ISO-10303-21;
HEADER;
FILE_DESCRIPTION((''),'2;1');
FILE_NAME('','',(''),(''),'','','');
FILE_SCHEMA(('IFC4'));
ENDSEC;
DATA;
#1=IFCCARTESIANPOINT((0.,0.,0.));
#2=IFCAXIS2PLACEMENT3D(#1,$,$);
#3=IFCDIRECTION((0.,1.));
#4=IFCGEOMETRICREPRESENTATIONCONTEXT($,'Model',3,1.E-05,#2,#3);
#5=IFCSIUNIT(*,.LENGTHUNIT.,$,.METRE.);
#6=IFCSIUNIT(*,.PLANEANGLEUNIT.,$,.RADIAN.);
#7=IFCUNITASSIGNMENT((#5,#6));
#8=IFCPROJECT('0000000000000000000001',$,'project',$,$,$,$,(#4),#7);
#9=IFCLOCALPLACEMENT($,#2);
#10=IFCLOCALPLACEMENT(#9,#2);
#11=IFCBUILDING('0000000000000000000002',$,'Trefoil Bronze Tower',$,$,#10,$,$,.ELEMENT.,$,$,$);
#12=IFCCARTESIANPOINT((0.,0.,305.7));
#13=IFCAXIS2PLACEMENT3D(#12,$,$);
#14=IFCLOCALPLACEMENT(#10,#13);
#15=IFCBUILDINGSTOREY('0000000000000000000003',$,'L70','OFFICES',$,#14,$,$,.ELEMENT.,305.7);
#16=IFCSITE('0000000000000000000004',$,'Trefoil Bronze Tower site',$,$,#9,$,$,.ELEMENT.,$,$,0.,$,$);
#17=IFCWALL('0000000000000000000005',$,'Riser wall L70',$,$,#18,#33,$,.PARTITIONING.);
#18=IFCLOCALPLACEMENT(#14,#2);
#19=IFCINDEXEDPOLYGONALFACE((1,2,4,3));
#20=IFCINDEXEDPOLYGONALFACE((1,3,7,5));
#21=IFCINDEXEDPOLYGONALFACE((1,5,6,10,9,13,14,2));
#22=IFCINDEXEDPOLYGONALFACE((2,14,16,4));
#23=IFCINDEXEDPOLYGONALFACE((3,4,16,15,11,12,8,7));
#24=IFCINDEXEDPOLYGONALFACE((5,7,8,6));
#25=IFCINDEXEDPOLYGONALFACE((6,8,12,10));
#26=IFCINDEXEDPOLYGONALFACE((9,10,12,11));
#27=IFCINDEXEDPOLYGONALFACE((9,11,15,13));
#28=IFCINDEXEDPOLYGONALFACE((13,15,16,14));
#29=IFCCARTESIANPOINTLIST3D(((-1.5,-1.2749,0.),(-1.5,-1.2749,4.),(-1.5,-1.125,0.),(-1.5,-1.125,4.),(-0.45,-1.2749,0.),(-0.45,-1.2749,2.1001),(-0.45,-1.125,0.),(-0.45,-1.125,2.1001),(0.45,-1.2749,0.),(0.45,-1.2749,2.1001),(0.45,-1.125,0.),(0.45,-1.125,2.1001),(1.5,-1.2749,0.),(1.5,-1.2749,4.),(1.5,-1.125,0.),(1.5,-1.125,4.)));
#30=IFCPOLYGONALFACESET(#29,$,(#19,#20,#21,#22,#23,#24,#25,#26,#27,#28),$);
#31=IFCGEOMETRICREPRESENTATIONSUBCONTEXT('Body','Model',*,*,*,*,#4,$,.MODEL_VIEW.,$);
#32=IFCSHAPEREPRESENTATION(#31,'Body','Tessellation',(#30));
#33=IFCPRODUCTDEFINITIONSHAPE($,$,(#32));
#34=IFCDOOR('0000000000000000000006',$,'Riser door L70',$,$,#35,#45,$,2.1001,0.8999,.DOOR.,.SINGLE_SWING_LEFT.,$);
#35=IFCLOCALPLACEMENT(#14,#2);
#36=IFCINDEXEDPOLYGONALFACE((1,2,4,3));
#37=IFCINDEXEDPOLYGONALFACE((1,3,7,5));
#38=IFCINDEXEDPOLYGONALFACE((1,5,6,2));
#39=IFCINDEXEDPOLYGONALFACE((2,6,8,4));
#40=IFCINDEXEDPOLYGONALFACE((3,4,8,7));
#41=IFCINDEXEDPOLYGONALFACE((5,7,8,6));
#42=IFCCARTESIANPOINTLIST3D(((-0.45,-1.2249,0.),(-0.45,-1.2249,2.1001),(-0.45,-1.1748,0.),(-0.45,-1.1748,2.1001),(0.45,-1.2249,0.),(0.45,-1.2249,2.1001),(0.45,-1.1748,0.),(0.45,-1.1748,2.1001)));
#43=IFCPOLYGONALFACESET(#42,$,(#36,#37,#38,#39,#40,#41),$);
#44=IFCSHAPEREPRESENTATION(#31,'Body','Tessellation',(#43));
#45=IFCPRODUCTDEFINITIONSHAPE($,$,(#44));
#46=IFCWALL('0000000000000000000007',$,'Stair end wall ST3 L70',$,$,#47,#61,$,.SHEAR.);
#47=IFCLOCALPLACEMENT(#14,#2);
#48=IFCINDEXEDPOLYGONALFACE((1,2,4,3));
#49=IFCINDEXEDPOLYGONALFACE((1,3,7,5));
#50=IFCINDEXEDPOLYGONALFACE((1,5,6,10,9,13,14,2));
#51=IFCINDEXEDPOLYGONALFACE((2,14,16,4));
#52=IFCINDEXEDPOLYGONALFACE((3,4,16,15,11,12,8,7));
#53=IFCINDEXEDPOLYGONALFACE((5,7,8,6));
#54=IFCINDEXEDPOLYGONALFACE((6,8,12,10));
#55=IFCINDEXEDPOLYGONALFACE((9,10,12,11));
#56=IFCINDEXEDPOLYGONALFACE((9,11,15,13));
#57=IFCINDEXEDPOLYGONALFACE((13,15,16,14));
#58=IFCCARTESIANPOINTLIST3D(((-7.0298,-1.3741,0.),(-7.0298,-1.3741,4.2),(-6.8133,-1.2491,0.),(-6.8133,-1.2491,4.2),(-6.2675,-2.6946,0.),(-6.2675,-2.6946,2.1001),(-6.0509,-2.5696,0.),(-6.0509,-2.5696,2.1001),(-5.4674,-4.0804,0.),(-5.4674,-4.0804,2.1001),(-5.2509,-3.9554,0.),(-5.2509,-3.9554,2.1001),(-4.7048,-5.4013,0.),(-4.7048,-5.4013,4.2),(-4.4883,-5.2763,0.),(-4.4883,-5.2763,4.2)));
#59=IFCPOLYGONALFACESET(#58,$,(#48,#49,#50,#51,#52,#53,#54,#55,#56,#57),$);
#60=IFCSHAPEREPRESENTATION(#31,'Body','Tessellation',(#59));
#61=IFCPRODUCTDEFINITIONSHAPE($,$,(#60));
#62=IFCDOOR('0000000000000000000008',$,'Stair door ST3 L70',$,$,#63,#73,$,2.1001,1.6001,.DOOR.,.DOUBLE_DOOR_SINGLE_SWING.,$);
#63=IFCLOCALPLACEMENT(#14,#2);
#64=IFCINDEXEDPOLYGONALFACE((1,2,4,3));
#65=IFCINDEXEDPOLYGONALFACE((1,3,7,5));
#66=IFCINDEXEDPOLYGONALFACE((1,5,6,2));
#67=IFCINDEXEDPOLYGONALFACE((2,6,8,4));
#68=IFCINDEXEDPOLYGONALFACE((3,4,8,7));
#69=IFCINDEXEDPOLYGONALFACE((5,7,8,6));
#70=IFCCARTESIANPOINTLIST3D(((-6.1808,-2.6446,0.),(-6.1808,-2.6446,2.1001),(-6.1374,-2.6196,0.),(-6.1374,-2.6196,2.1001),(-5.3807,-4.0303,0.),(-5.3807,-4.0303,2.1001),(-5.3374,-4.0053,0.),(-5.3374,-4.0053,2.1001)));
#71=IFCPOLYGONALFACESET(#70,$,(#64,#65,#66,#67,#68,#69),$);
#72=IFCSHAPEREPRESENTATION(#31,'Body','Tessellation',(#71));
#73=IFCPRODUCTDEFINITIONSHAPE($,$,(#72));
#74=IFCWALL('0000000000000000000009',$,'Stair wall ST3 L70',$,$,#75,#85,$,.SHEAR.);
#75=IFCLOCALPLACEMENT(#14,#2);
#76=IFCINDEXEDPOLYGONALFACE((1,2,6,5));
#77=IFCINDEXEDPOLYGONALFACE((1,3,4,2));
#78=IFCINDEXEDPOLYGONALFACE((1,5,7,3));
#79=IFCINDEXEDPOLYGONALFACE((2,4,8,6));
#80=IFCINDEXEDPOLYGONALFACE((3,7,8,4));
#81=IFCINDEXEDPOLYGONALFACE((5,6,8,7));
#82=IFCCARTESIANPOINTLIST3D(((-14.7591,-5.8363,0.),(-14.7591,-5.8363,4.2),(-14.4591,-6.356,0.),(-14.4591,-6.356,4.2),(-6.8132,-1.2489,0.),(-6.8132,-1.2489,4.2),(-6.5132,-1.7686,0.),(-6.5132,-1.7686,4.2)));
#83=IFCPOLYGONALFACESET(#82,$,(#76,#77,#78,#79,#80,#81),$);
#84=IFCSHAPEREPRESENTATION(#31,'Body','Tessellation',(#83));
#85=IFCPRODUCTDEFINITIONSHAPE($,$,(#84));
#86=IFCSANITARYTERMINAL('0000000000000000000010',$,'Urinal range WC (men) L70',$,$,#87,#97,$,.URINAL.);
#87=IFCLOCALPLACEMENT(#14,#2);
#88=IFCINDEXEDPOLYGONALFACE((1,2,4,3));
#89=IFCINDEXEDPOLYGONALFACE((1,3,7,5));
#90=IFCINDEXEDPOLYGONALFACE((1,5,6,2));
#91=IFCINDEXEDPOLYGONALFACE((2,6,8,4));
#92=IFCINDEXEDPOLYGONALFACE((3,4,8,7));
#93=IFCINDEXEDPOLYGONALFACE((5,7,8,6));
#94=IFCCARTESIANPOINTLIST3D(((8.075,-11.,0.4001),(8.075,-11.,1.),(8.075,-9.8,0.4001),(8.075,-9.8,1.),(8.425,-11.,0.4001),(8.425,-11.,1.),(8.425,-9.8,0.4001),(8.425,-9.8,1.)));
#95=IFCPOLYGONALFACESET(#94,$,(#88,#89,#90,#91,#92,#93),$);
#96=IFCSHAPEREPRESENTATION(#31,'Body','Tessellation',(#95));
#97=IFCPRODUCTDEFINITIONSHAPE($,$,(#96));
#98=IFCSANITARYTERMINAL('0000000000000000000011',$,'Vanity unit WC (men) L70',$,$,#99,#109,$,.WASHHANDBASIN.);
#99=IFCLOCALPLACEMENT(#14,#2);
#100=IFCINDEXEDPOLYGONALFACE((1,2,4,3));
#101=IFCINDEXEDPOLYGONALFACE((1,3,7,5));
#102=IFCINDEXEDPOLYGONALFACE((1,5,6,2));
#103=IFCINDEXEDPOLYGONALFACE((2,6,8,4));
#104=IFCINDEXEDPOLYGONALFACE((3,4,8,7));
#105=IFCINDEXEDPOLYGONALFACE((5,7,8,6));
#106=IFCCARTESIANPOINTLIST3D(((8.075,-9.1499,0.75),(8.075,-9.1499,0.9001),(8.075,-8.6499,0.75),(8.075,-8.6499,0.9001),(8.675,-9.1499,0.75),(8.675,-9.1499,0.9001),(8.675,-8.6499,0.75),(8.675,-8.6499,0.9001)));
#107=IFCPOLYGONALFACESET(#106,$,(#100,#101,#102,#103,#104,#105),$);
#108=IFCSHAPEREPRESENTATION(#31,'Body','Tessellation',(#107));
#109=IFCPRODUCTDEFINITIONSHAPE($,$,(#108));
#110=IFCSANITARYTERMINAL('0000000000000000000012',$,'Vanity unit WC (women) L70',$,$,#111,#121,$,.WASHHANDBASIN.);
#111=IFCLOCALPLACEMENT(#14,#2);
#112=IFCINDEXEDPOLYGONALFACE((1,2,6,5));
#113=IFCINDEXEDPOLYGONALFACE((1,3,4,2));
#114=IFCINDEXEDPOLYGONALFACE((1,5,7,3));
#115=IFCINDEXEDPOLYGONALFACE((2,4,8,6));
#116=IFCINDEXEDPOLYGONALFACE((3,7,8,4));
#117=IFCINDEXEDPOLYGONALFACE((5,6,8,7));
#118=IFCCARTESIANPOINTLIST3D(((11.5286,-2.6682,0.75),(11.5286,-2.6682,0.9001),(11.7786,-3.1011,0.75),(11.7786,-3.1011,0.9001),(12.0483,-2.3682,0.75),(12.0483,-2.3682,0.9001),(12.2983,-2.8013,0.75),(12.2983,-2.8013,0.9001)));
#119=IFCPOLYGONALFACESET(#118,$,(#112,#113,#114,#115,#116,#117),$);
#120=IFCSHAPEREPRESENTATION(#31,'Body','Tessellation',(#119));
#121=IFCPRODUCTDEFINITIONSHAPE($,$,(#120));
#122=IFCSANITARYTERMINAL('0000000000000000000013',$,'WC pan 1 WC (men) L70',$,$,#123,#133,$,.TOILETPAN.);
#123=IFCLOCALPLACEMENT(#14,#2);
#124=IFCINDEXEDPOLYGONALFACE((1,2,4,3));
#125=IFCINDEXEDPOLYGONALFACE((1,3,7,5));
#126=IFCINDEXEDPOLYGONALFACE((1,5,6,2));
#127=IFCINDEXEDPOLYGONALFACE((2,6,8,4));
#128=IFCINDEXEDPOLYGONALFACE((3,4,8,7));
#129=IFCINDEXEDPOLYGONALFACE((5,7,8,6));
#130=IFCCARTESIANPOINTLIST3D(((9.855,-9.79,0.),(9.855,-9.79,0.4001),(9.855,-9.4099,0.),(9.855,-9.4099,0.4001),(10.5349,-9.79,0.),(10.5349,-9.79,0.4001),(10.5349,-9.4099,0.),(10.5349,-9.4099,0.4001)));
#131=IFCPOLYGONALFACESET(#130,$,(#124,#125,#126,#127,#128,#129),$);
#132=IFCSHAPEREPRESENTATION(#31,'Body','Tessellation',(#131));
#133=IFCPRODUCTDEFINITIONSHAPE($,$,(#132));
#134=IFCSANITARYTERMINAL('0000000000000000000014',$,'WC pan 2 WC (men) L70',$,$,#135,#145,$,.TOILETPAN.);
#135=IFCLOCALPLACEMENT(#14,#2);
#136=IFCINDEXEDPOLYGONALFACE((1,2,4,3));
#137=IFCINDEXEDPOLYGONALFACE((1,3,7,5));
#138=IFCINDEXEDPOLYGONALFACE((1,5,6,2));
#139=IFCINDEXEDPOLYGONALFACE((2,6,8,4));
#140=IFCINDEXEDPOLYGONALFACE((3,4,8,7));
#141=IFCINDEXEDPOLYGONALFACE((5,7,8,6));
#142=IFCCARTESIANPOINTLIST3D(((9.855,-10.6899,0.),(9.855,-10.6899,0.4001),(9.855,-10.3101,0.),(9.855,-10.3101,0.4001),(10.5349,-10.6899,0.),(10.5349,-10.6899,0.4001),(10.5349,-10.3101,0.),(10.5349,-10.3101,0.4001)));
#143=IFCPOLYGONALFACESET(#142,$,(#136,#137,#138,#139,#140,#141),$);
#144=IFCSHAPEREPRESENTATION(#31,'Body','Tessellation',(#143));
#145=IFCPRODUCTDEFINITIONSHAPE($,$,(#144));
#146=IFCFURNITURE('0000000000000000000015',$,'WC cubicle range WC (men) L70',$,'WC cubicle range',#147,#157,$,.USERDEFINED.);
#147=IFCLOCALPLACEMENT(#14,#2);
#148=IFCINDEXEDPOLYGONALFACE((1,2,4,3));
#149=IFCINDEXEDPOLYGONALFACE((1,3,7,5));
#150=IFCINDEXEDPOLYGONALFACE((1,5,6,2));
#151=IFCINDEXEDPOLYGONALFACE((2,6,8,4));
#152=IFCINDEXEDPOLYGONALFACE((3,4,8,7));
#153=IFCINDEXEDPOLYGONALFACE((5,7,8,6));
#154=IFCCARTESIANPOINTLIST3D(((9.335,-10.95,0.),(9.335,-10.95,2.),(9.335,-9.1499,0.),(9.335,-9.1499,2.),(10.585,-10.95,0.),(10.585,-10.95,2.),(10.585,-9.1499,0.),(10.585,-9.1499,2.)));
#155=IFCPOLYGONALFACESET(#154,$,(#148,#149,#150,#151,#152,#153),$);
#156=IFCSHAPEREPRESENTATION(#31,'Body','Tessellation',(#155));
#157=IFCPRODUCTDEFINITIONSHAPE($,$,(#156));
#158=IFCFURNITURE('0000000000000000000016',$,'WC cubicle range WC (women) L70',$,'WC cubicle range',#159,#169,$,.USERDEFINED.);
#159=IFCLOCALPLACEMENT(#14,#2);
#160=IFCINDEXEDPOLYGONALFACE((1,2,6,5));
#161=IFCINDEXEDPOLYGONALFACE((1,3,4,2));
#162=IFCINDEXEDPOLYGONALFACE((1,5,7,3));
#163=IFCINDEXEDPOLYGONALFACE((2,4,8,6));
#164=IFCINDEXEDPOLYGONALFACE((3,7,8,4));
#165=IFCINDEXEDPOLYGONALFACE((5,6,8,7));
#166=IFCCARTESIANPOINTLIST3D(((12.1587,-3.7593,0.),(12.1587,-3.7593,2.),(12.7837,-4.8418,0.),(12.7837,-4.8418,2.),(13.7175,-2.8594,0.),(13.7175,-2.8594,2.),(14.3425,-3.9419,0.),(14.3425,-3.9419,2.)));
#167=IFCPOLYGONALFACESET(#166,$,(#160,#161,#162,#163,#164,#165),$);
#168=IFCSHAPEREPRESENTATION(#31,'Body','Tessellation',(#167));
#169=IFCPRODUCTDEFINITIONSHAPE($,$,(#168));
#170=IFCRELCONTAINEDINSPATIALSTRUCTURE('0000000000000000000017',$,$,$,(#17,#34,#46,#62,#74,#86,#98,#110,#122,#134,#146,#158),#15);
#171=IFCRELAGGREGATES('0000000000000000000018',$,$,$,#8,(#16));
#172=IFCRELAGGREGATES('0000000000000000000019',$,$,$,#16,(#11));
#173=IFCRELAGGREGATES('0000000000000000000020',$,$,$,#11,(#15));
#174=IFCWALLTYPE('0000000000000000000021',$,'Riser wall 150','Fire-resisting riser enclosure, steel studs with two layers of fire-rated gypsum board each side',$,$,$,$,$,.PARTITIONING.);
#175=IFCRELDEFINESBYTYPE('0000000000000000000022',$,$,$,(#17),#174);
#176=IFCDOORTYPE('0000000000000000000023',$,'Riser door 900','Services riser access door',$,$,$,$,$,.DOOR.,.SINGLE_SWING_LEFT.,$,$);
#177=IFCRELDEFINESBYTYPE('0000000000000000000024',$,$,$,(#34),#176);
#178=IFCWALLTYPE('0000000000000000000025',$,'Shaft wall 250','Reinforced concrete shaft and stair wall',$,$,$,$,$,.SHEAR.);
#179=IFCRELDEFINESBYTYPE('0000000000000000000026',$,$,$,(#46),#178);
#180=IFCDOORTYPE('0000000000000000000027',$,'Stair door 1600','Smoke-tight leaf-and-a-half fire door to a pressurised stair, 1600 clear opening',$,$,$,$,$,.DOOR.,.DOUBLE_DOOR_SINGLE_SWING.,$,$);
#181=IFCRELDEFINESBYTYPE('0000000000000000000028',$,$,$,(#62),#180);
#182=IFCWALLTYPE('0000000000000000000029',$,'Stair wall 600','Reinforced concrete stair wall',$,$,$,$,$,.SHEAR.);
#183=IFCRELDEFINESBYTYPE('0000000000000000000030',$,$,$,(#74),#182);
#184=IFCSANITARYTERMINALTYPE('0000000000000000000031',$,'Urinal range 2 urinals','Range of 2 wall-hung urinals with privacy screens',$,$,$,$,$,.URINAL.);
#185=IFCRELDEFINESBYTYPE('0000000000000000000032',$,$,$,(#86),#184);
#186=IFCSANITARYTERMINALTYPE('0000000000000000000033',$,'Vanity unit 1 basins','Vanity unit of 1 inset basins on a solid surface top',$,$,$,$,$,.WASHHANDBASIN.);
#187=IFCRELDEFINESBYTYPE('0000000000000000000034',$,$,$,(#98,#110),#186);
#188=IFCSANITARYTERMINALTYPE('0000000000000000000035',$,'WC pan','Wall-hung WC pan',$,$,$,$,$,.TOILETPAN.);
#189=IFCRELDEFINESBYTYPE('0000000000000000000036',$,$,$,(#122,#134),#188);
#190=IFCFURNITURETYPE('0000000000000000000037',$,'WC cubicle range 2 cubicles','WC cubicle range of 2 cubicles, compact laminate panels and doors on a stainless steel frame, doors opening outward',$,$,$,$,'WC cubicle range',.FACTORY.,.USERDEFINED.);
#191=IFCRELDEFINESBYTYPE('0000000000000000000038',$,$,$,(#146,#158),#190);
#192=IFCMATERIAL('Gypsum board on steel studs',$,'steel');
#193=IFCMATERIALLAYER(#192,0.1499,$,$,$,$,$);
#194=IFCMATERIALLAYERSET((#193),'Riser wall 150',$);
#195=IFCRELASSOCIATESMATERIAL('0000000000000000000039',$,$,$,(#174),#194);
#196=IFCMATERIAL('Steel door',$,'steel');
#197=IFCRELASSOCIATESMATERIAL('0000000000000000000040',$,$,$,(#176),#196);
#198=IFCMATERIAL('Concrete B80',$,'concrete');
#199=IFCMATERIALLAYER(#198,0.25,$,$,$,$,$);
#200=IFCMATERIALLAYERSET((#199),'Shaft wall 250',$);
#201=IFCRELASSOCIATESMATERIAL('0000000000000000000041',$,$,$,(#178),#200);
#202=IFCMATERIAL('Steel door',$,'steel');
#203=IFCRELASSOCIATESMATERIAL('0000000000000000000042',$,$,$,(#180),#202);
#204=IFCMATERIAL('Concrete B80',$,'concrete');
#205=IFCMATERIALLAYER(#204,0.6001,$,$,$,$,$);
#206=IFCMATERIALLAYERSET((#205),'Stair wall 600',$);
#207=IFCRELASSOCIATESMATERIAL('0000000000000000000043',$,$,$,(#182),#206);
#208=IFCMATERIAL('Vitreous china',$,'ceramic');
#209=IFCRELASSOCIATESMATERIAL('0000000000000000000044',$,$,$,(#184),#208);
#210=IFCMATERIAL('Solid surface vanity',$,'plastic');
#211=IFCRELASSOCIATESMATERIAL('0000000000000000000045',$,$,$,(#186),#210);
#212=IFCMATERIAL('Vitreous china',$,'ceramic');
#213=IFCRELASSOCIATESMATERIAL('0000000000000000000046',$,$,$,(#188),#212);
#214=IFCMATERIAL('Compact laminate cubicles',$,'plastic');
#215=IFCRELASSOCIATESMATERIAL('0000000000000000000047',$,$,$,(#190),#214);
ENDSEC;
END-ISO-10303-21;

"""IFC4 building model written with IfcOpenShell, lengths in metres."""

from ifc_helpers import new_model, si_unit, direction, frame, frame_2d, origin, place, context, subcontext, project, spatial, polyline, rectangle, outline, extrude, material, layer, layer_set, type_object, element, fill, save


model = new_model("IFC4")

# Units and contexts
model_context = context("Model", 3, precision=1e-05, world=origin(), true_north=direction((0.0, 1.0)))
body_context = subcontext(model_context, "Body", "Model", "MODEL_VIEW")
ifc_project = project(units=[si_unit("LENGTHUNIT", "METRE"), si_unit("PLANEANGLEUNIT", "RADIAN")], contexts=[model_context])

# Site, building, storey
site_placement = place(None, origin())
site = spatial("IfcSite", under=ifc_project, at=site_placement, Name="Trefoil Bronze Tower site", CompositionType="ELEMENT", RefElevation=0.0)
building_placement = place(site_placement, origin())
building = spatial("IfcBuilding", under=site, at=building_placement, Name="Trefoil Bronze Tower", CompositionType="ELEMENT")
storey_placement = place(building_placement, frame((0.0, 0.0, 305.7)))
storey = spatial("IfcBuildingStorey", under=building, at=storey_placement, Name="L70", Description="OFFICES", CompositionType="ELEMENT", Elevation=305.7)

# Walls, openings, doors
ifc_material_1 = material(Name="Gypsum board on steel studs", Category="steel")
ifc_layer_1 = layer(ifc_material_1, 0.1499)
ifc_layer_set_1 = layer_set([ifc_layer_1], Name="Riser wall 150")
wall_type_1 = type_object("IfcWallType", Name="Riser wall 150", Description="Fire-resisting riser enclosure, steel studs with two layers of fire-rated gypsum board each side", PredefinedType="PARTITIONING", material=ifc_layer_set_1)
wall_1_placement = place(storey_placement, frame((-1.5, -1.2, 0.0), z_axis=(0.0, 0.0, 1.0), x_axis=(1.0, 0.0, 0.0)))
wall_1 = element("IfcWall", 1, at=wall_1_placement, inside=storey, type_object=wall_type_1, Name="Riser wall L70", PredefinedType="PARTITIONING", context=body_context, shape_type="SweptSolid", body=[
    extrude(rectangle(XDim=3.0, YDim=0.1499, at=frame_2d((1.5, 0.0))), origin(), (0.0, 0.0, 1.0), 4.0),
])
opening_1_placement = place(wall_1_placement, frame((1.05, 0.0, 0.0)))
opening_1 = element("IfcOpeningElement", 2, at=opening_1_placement, cuts=wall_1, PredefinedType="OPENING", context=body_context, shape_type="SweptSolid", body=[
    extrude(rectangle(XDim=0.8999, YDim=2.1001, at=frame_2d((0.45, 1.05))), frame((0.0, 0.085, 0.0), z_axis=(0.0, -1.0, 0.0), x_axis=(1.0, 0.0, 0.0)), (0.0, 0.0, 1.0), 0.1699),
])
ifc_material_2 = material(Name="Steel door", Category="steel")
door_type_1 = type_object("IfcDoorType", Name="Riser door 900", Description="Services riser access door", OperationType="SINGLE_SWING_LEFT", PredefinedType="DOOR", material=ifc_material_2)
door_1_placement = place(opening_1_placement, frame((0.8999, 0.0, 0.0), z_axis=(0.0, 0.0, 1.0), x_axis=(-1.0, 0.0, 0.0)))
door_1 = element("IfcDoor", 3, at=door_1_placement, inside=storey, type_object=door_type_1, Name="Riser door L70", OperationType="SINGLE_SWING_LEFT", OverallHeight=2.1001, OverallWidth=0.8999, PredefinedType="DOOR", context=body_context, shape_type="SweptSolid", body=[
    extrude(rectangle(XDim=0.8999, YDim=2.1001, at=frame_2d((0.45, 1.05))), frame((0.0, 0.0249, 0.0), z_axis=(0.0, -1.0, 0.0), x_axis=(1.0, 0.0, 0.0)), (0.0, 0.0, 1.0), 0.05),
])
fill(opening_1, door_1)
ifc_material_3 = material(Name="Concrete B80", Category="concrete")
ifc_layer_2 = layer(ifc_material_3, 0.25)
ifc_layer_set_2 = layer_set([ifc_layer_2], Name="Shaft wall 250")
wall_type_2 = type_object("IfcWallType", Name="Shaft wall 250", Description="Reinforced concrete shaft and stair wall", PredefinedType="SHEAR", material=ifc_layer_set_2)
wall_2_placement = place(storey_placement, frame((-6.9216, -1.3115, 0.0), z_axis=(0.0, 0.0, 1.0), x_axis=(0.499985, -0.866034, 0.0)))
wall_2 = element("IfcWall", 4, at=wall_2_placement, inside=storey, type_object=wall_type_2, Name="Stair end wall ST3 L70", PredefinedType="SHEAR", context=body_context, shape_type="SweptSolid", body=[
    extrude(rectangle(XDim=4.6501, YDim=0.25, at=frame_2d((2.3252, 0.0))), origin(), (0.0, 0.0, 1.0), 4.2),
])
opening_2_placement = place(wall_2_placement, frame((1.5249, 0.0, 0.0)))
opening_2 = element("IfcOpeningElement", 5, at=opening_2_placement, cuts=wall_2, PredefinedType="OPENING", context=body_context, shape_type="SweptSolid", body=[
    extrude(rectangle(XDim=1.6001, YDim=2.1001, at=frame_2d((0.8, 1.05))), frame((0.0, 0.135, 0.0), z_axis=(0.0, -1.0, 0.0), x_axis=(1.0, 0.0, 0.0)), (0.0, 0.0, 1.0), 0.27),
])
ifc_material_4 = material(Name="Steel door", Category="steel")
door_type_2 = type_object("IfcDoorType", Name="Stair door 1600", Description="Smoke-tight leaf-and-a-half fire door to a pressurised stair, 1600 clear opening", OperationType="DOUBLE_DOOR_SINGLE_SWING", PredefinedType="DOOR", material=ifc_material_4)
door_2_placement = place(opening_2_placement, frame((1.6001, 0.0, 0.0), z_axis=(0.0, 0.0, 1.0), x_axis=(-1.0, 0.0, 0.0)))
door_2 = element("IfcDoor", 6, at=door_2_placement, inside=storey, type_object=door_type_2, Name="Stair door ST3 L70", OperationType="DOUBLE_DOOR_SINGLE_SWING", OverallHeight=2.1001, OverallWidth=1.6001, PredefinedType="DOOR", context=body_context, shape_type="SweptSolid", body=[
    extrude(rectangle(XDim=1.6001, YDim=2.1001, at=frame_2d((0.8, 1.05))), frame((0.0, 0.0249, 0.0), z_axis=(0.0, -1.0, 0.0), x_axis=(1.0, 0.0, 0.0)), (0.0, 0.0, 1.0), 0.05),
])
fill(opening_2, door_2)

# Wall
ifc_material_5 = material(Name="Concrete B80", Category="concrete")
ifc_layer_3 = layer(ifc_material_5, 0.6001)
ifc_layer_set_3 = layer_set([ifc_layer_3], Name="Stair wall 600")
wall_type_3 = type_object("IfcWallType", Name="Stair wall 600", Description="Reinforced concrete stair wall", PredefinedType="SHEAR", material=ifc_layer_set_3)
wall_3_placement = place(storey_placement, frame((-6.6633, -1.5088, 0.0), z_axis=(0.0, 0.0, 1.0), x_axis=(-0.86603, -0.499991, 0.0)))
element("IfcWall", 7, at=wall_3_placement, inside=storey, type_object=wall_type_3, Name="Stair wall ST3 L70", PredefinedType="SHEAR", context=body_context, shape_type="SweptSolid", body=[
    extrude(rectangle(XDim=9.175, YDim=0.6001, at=frame_2d((4.5874, 0.0))), origin(), (0.0, 0.0, 1.0), 4.2),
])

# Sanitary terminals
ifc_material_6 = material(Name="Vitreous china", Category="ceramic")
sanitary_terminal_type_1 = type_object("IfcSanitaryTerminalType", Name="Urinal range 2 urinals", Description="Range of 2 wall-hung urinals with privacy screens", PredefinedType="URINAL", material=ifc_material_6)
sanitary_terminal_1_placement = place(storey_placement, frame((0.0, 0.0, 0.4001)))
element("IfcSanitaryTerminal", 8, at=sanitary_terminal_1_placement, inside=storey, type_object=sanitary_terminal_type_1, Name="Urinal range WC (men) L70", PredefinedType="URINAL", context=body_context, shape_type="SweptSolid", body=[
    extrude(outline(polyline([(8.075, -9.8), (8.425, -9.8), (8.425, -11.0), (8.075, -11.0), (8.075, -9.8)])), origin(), (0.0, 0.0, 1.0), 0.5999),
])
ifc_material_7 = material(Name="Solid surface vanity", Category="plastic")
sanitary_terminal_type_2 = type_object("IfcSanitaryTerminalType", Name="Vanity unit 1 basins", Description="Vanity unit of 1 inset basins on a solid surface top", PredefinedType="WASHHANDBASIN", material=ifc_material_7)
sanitary_terminal_2_placement = place(storey_placement, frame((0.0, 0.0, 0.75)))
element("IfcSanitaryTerminal", 9, at=sanitary_terminal_2_placement, inside=storey, type_object=sanitary_terminal_type_2, Name="Vanity unit WC (men) L70", PredefinedType="WASHHANDBASIN", context=body_context, shape_type="SweptSolid", body=[
    extrude(outline(polyline([(8.075, -8.6499), (8.675, -8.6499), (8.675, -9.1499), (8.075, -9.1499), (8.075, -8.6499)])), origin(), (0.0, 0.0, 1.0), 0.1501),
])
sanitary_terminal_3_placement = place(storey_placement, frame((0.0, 0.0, 0.75)))
element("IfcSanitaryTerminal", 10, at=sanitary_terminal_3_placement, inside=storey, type_object=sanitary_terminal_type_2, Name="Vanity unit WC (women) L70", PredefinedType="WASHHANDBASIN", context=body_context, shape_type="SweptSolid", body=[
    extrude(outline(polyline([(11.5286, -2.6682), (11.7786, -3.1011), (12.2983, -2.8013), (12.0483, -2.3682), (11.5286, -2.6682)])), origin(), (0.0, 0.0, 1.0), 0.1501),
])
ifc_material_8 = material(Name="Vitreous china", Category="ceramic")
sanitary_terminal_type_3 = type_object("IfcSanitaryTerminalType", Name="WC pan", Description="Wall-hung WC pan", PredefinedType="TOILETPAN", material=ifc_material_8)
sanitary_terminal_4_placement = place(storey_placement, origin())
element("IfcSanitaryTerminal", 11, at=sanitary_terminal_4_placement, inside=storey, type_object=sanitary_terminal_type_3, Name="WC pan 1 WC (men) L70", PredefinedType="TOILETPAN", context=body_context, shape_type="SweptSolid", body=[
    extrude(outline(polyline([(9.855, -9.4099), (10.5349, -9.4099), (10.5349, -9.79), (9.855, -9.79), (9.855, -9.4099)])), origin(), (0.0, 0.0, 1.0), 0.4001),
])
sanitary_terminal_5_placement = place(storey_placement, origin())
element("IfcSanitaryTerminal", 12, at=sanitary_terminal_5_placement, inside=storey, type_object=sanitary_terminal_type_3, Name="WC pan 2 WC (men) L70", PredefinedType="TOILETPAN", context=body_context, shape_type="SweptSolid", body=[
    extrude(outline(polyline([(9.855, -10.3101), (10.5349, -10.3101), (10.5349, -10.6899), (9.855, -10.6899), (9.855, -10.3101)])), origin(), (0.0, 0.0, 1.0), 0.4001),
])

# Furniture
ifc_material_9 = material(Name="Compact laminate cubicles", Category="plastic")
furniture_type = type_object("IfcFurnitureType", Name="WC cubicle range 2 cubicles", Description="WC cubicle range of 2 cubicles, compact laminate panels and doors on a stainless steel frame, doors opening outward", ElementType="WC cubicle range", AssemblyPlace="FACTORY", PredefinedType="USERDEFINED", material=ifc_material_9)
furniture_1_placement = place(storey_placement, origin())
element("IfcFurniture", 13, at=furniture_1_placement, inside=storey, type_object=furniture_type, Name="WC cubicle range WC (men) L70", ObjectType="WC cubicle range", PredefinedType="USERDEFINED", context=body_context, shape_type="SweptSolid", body=[
    extrude(outline(polyline([(9.335, -9.1499), (10.585, -9.1499), (10.585, -10.95), (9.335, -10.95), (9.335, -9.1499)])), origin(), (0.0, 0.0, 1.0), 2.0),
])
furniture_2_placement = place(storey_placement, origin())
element("IfcFurniture", 14, at=furniture_2_placement, inside=storey, type_object=furniture_type, Name="WC cubicle range WC (women) L70", ObjectType="WC cubicle range", PredefinedType="USERDEFINED", context=body_context, shape_type="SweptSolid", body=[
    extrude(outline(polyline([(12.1587, -3.7593), (12.7837, -4.8418), (14.3425, -3.9419), (13.7175, -2.8594), (12.1587, -3.7593)])), origin(), (0.0, 0.0, 1.0), 2.0),
])

save(model, "model.ifc")
